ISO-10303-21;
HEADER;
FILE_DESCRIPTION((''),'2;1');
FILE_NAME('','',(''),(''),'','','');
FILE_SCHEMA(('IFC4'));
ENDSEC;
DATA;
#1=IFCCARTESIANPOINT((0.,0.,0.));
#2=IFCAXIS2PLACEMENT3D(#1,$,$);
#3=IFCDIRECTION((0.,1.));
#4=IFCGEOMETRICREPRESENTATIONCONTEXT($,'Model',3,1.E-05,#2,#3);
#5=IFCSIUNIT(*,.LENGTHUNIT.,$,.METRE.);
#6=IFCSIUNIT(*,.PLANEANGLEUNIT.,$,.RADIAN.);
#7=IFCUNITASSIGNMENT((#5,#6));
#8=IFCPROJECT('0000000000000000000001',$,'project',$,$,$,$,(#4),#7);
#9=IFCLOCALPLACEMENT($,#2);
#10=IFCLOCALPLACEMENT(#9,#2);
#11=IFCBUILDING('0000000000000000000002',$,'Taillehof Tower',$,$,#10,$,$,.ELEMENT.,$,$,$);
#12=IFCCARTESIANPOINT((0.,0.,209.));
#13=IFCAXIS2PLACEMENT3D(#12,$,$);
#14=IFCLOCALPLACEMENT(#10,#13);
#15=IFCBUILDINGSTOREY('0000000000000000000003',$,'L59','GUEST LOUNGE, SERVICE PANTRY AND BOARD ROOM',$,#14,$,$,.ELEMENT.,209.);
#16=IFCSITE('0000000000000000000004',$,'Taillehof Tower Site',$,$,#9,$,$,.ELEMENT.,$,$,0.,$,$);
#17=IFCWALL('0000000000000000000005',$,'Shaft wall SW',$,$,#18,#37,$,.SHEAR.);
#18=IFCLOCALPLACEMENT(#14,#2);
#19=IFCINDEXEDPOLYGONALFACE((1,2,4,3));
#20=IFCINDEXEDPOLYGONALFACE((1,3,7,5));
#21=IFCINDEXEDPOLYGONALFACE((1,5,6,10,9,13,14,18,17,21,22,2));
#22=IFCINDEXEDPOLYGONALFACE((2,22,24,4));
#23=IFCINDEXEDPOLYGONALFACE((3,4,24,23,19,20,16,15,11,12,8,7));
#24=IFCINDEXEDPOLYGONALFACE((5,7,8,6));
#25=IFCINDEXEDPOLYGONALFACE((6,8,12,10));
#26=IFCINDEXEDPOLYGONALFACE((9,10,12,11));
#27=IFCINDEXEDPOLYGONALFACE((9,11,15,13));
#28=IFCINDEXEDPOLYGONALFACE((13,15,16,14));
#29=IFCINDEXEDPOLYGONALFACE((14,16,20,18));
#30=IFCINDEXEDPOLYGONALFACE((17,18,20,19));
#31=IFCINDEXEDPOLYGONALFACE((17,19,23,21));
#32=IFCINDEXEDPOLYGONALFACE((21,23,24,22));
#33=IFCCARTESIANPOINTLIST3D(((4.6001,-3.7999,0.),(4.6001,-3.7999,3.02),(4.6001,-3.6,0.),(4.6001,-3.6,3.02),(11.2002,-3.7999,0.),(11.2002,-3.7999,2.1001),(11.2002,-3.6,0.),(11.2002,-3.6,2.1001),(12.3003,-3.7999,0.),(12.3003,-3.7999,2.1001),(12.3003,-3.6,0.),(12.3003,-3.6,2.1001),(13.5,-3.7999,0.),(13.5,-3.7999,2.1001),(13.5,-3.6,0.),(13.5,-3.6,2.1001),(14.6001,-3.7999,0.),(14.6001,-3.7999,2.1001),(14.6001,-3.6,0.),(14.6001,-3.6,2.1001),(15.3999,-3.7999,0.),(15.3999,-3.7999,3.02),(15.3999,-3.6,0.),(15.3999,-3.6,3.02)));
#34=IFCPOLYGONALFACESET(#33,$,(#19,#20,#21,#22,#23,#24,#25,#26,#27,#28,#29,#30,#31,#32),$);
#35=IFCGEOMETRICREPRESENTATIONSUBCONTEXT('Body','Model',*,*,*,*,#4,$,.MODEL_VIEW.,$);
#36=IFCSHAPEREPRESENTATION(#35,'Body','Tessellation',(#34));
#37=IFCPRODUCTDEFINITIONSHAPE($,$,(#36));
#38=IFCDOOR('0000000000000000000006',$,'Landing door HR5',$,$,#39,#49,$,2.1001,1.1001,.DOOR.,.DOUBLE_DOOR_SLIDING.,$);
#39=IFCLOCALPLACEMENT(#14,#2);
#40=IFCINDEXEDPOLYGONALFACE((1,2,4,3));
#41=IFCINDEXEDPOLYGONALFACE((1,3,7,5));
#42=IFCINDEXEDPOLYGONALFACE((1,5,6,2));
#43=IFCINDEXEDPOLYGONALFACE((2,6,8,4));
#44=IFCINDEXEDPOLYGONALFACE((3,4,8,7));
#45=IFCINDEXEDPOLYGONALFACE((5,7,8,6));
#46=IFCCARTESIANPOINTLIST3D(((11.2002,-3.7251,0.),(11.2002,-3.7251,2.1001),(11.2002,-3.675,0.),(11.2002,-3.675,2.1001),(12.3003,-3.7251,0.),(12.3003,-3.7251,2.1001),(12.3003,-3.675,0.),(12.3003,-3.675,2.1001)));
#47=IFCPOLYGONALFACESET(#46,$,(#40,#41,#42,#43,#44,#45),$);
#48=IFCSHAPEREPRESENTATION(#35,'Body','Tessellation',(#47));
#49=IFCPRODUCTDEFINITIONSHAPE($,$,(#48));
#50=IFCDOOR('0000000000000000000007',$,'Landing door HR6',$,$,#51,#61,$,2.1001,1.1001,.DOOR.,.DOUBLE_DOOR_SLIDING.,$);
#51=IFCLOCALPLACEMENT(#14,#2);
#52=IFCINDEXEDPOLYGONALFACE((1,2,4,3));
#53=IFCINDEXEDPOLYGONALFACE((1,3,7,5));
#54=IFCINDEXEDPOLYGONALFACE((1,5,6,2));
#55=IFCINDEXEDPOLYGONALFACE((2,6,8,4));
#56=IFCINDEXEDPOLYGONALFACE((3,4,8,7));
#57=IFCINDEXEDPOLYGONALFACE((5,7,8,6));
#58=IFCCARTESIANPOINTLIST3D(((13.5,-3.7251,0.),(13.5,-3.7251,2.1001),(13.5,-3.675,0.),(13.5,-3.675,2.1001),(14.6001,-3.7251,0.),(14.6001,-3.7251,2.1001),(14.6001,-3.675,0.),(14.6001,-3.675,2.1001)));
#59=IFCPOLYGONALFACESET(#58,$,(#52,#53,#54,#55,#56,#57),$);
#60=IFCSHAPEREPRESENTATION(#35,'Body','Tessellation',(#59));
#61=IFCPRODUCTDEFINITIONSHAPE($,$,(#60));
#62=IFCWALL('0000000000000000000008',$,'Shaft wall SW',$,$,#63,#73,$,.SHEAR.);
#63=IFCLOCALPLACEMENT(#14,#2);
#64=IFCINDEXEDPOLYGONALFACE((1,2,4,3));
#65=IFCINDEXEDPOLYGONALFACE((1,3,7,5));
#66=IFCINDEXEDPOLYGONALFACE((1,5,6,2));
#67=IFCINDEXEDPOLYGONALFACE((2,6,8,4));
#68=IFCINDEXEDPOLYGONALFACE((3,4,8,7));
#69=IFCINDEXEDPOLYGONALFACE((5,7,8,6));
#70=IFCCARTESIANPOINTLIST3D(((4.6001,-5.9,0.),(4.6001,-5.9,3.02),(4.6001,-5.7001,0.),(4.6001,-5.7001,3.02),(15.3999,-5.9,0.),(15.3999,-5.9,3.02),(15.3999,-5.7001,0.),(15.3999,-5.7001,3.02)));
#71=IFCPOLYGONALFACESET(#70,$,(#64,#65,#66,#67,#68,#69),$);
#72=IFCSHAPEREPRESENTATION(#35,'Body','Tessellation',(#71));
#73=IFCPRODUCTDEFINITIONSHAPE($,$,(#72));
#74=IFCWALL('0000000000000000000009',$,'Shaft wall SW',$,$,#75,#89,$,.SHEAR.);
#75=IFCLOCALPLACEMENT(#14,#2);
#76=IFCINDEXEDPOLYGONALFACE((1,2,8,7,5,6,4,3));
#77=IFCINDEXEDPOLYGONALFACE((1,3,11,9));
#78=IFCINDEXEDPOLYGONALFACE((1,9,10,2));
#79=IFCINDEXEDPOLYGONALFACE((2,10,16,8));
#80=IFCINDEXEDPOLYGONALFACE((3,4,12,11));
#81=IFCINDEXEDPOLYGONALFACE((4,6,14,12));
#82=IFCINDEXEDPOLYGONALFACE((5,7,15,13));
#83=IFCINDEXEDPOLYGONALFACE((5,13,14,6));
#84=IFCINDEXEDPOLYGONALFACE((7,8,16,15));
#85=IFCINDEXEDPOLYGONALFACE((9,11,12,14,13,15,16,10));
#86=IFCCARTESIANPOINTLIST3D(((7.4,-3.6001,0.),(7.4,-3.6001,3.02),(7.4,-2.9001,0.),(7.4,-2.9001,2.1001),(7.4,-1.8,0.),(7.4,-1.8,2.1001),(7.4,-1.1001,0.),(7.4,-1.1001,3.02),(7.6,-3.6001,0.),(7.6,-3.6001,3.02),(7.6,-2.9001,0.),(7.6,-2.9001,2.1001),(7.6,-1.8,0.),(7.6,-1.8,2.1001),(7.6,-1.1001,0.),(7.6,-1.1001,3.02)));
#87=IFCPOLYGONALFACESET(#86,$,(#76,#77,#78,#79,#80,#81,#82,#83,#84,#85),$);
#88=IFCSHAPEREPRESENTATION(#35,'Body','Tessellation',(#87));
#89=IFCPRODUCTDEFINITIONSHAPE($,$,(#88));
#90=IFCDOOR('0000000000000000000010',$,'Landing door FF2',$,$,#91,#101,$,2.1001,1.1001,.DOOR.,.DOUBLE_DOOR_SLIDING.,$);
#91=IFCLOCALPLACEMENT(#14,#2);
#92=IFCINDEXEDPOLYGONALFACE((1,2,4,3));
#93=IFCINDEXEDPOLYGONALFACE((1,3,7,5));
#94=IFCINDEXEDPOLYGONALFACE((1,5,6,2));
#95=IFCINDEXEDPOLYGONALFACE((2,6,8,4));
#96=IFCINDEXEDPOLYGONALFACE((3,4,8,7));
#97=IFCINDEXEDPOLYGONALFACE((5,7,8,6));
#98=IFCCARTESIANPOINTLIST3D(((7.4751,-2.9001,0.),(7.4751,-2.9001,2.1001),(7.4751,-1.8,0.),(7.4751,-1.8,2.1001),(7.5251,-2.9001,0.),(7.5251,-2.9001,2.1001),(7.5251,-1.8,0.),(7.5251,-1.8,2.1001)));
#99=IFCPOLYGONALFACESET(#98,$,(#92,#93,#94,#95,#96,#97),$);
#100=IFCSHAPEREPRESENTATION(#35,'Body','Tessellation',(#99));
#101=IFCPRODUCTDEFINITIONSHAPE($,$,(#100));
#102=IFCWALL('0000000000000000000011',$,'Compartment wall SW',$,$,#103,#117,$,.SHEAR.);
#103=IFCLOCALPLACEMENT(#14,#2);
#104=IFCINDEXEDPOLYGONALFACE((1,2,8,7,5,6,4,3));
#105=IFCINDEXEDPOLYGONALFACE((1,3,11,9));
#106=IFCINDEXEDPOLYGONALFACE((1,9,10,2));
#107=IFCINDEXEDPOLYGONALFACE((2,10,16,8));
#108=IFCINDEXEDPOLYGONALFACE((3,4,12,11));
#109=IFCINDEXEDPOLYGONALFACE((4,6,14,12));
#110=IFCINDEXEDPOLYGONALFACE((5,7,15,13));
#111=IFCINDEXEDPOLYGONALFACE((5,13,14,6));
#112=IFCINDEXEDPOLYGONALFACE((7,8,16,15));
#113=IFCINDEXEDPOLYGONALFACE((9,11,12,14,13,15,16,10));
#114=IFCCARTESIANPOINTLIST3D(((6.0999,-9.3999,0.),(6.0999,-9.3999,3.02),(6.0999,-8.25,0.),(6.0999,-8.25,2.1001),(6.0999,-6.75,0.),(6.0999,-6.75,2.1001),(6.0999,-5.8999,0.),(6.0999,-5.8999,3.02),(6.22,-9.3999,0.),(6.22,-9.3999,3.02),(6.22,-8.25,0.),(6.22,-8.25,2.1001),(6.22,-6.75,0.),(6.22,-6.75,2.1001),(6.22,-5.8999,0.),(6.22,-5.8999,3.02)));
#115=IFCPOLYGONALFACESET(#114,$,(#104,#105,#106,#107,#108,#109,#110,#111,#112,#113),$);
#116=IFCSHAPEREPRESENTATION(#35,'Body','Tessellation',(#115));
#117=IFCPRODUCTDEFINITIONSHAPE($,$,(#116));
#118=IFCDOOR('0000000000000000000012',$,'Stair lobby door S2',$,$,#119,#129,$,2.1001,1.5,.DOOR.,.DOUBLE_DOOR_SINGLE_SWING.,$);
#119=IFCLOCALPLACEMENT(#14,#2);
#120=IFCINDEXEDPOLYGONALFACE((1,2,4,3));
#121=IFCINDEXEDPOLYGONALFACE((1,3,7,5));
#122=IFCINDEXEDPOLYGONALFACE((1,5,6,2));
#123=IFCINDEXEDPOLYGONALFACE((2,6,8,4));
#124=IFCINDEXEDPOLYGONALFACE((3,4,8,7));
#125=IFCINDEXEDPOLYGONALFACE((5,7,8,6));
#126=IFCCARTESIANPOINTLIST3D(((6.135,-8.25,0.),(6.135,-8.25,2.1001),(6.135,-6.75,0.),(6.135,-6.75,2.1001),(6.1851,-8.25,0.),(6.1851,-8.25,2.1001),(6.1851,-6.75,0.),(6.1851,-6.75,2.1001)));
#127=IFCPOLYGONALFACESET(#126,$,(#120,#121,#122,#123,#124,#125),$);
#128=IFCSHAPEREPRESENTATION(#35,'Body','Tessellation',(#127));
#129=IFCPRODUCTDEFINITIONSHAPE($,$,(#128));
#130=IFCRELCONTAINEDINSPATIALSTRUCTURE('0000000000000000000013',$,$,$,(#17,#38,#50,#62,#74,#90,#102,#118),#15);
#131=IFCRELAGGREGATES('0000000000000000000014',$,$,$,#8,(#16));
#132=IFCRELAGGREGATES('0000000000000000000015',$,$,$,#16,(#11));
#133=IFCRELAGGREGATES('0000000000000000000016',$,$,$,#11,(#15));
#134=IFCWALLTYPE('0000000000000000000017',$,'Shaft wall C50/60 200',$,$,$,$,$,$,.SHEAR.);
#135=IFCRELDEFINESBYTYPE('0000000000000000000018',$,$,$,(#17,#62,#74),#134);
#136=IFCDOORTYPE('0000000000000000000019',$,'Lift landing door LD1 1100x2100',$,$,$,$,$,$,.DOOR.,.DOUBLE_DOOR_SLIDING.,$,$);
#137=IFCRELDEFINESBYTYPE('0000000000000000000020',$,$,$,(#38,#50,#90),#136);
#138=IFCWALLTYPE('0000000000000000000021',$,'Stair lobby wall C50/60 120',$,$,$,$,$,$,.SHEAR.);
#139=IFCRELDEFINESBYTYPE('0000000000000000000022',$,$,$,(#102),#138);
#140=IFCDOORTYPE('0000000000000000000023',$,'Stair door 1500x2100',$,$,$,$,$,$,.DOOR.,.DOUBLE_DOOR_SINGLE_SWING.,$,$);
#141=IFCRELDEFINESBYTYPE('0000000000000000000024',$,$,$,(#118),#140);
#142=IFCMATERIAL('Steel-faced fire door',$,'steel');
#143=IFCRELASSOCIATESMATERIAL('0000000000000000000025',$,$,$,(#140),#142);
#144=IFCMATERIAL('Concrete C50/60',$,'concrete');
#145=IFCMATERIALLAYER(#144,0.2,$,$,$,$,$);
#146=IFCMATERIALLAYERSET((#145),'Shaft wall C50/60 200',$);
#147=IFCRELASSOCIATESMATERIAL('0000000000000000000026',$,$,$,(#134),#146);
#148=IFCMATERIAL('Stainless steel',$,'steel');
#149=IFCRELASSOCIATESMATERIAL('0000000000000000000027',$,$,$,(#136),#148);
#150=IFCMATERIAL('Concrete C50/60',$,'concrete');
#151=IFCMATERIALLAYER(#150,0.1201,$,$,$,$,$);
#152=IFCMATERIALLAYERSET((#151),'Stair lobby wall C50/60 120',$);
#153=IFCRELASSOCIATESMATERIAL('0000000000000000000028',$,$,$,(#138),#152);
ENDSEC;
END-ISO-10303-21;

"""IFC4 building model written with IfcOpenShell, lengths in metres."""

from ifc_helpers import new_model, si_unit, direction, frame, frame_2d, origin, place, context, subcontext, project, spatial, rectangle, extrude, material, layer, layer_set, type_object, element, fill, save


model = new_model("IFC4")

# Units and contexts
model_context = context("Model", 3, precision=1e-05, world=origin(), true_north=direction((0.0, 1.0)))
body_context = subcontext(model_context, "Body", "Model", "MODEL_VIEW")
ifc_project = project(units=[si_unit("LENGTHUNIT", "METRE"), si_unit("PLANEANGLEUNIT", "RADIAN")], contexts=[model_context])

# Site, building, storey
site_placement = place(None, origin())
site = spatial("IfcSite", under=ifc_project, at=site_placement, Name="Taillehof Tower Site", CompositionType="ELEMENT", RefElevation=0.0)
building_placement = place(site_placement, origin())
building = spatial("IfcBuilding", under=site, at=building_placement, Name="Taillehof Tower", CompositionType="ELEMENT")
storey_placement = place(building_placement, frame((0.0, 0.0, 209.0)))
storey = spatial("IfcBuildingStorey", under=building, at=storey_placement, Name="L59", Description="GUEST LOUNGE, SERVICE PANTRY AND BOARD ROOM", CompositionType="ELEMENT", Elevation=209.0)

# Wall, openings, doors
ifc_material_1 = material(Name="Steel-faced fire door", Category="steel")
door_type_1 = type_object("IfcDoorType", Name="Stair door 1500x2100", OperationType="DOUBLE_DOOR_SINGLE_SWING", PredefinedType="DOOR", material=ifc_material_1)
ifc_material_2 = material(Name="Concrete C50/60", Category="concrete")
ifc_layer_1 = layer(ifc_material_2, 0.2)
ifc_layer_set_1 = layer_set([ifc_layer_1], Name="Shaft wall C50/60 200")
wall_type_1 = type_object("IfcWallType", Name="Shaft wall C50/60 200", PredefinedType="SHEAR", material=ifc_layer_set_1)
wall_1_placement = place(storey_placement, frame((4.6001, -3.7, 0.0), z_axis=(0.0, 0.0, 1.0), x_axis=(1.0, 0.0, 0.0)))
wall_1 = element("IfcWall", 1, at=wall_1_placement, inside=storey, type_object=wall_type_1, Name="Shaft wall SW", PredefinedType="SHEAR", context=body_context, shape_type="SweptSolid", body=[
    extrude(rectangle(XDim=10.7998, YDim=0.2, at=frame_2d((5.3999, 0.0))), origin(), (0.0, 0.0, 1.0), 3.02),
])
opening_1_placement = place(wall_1_placement, frame((6.6001, 0.0, 0.0)))
opening_1 = element("IfcOpeningElement", 2, at=opening_1_placement, cuts=wall_1, PredefinedType="OPENING", context=body_context, shape_type="SweptSolid", body=[
    extrude(rectangle(XDim=1.1001, YDim=2.1001, at=frame_2d((0.55, 1.05))), frame((0.0, 0.1099, 0.0), z_axis=(0.0, -1.0, 0.0), x_axis=(1.0, 0.0, 0.0)), (0.0, 0.0, 1.0), 0.22),
])
opening_2_placement = place(wall_1_placement, frame((8.8999, 0.0, 0.0)))
opening_2 = element("IfcOpeningElement", 3, at=opening_2_placement, cuts=wall_1, PredefinedType="OPENING", context=body_context, shape_type="SweptSolid", body=[
    extrude(rectangle(XDim=1.1001, YDim=2.1001, at=frame_2d((0.55, 1.05))), frame((0.0, 0.1099, 0.0), z_axis=(0.0, -1.0, 0.0), x_axis=(1.0, 0.0, 0.0)), (0.0, 0.0, 1.0), 0.22),
])
ifc_material_3 = material(Name="Stainless steel", Category="steel")
door_type_2 = type_object("IfcDoorType", Name="Lift landing door LD1 1100x2100", OperationType="DOUBLE_DOOR_SLIDING", PredefinedType="DOOR", material=ifc_material_3)
door_1_placement = place(opening_1_placement, origin())
door_1 = element("IfcDoor", 4, at=door_1_placement, inside=storey, type_object=door_type_2, Name="Landing door HR5", OperationType="DOUBLE_DOOR_SLIDING", OverallHeight=2.1001, OverallWidth=1.1001, PredefinedType="DOOR", context=body_context, shape_type="SweptSolid", body=[
    extrude(rectangle(XDim=1.1001, YDim=2.1001, at=frame_2d((0.55, 1.05))), frame((0.0, 0.0249, 0.0), z_axis=(0.0, -1.0, 0.0), x_axis=(1.0, 0.0, 0.0)), (0.0, 0.0, 1.0), 0.05),
])
fill(opening_1, door_1)
door_2_placement = place(opening_2_placement, origin())
door_2 = element("IfcDoor", 5, at=door_2_placement, inside=storey, type_object=door_type_2, Name="Landing door HR6", OperationType="DOUBLE_DOOR_SLIDING", OverallHeight=2.1001, OverallWidth=1.1001, PredefinedType="DOOR", context=body_context, shape_type="SweptSolid", body=[
    extrude(rectangle(XDim=1.1001, YDim=2.1001, at=frame_2d((0.55, 1.05))), frame((0.0, 0.0249, 0.0), z_axis=(0.0, -1.0, 0.0), x_axis=(1.0, 0.0, 0.0)), (0.0, 0.0, 1.0), 0.05),
])
fill(opening_2, door_2)

# Wall
wall_2_placement = place(storey_placement, frame((4.6001, -5.8, 0.0), z_axis=(0.0, 0.0, 1.0), x_axis=(1.0, 0.0, 0.0)))
element("IfcWall", 6, at=wall_2_placement, inside=storey, type_object=wall_type_1, Name="Shaft wall SW", PredefinedType="SHEAR", context=body_context, shape_type="SweptSolid", body=[
    extrude(rectangle(XDim=10.7998, YDim=0.2, at=frame_2d((5.3999, 0.0))), origin(), (0.0, 0.0, 1.0), 3.02),
])

# Walls, openings, doors
wall_3_placement = place(storey_placement, frame((7.5, -3.6001, 0.0), z_axis=(0.0, 0.0, 1.0), x_axis=(0.0, 1.0, 0.0)))
wall_3 = element("IfcWall", 7, at=wall_3_placement, inside=storey, type_object=wall_type_1, Name="Shaft wall SW", PredefinedType="SHEAR", context=body_context, shape_type="SweptSolid", body=[
    extrude(rectangle(XDim=2.5, YDim=0.2, at=frame_2d((1.25, 0.0))), origin(), (0.0, 0.0, 1.0), 3.02),
])
opening_3_placement = place(wall_3_placement, frame((0.7, 0.0, 0.0)))
opening_3 = element("IfcOpeningElement", 8, at=opening_3_placement, cuts=wall_3, PredefinedType="OPENING", context=body_context, shape_type="SweptSolid", body=[
    extrude(rectangle(XDim=1.1001, YDim=2.1001, at=frame_2d((0.55, 1.05))), frame((0.0, 0.1099, 0.0), z_axis=(0.0, -1.0, 0.0), x_axis=(1.0, 0.0, 0.0)), (0.0, 0.0, 1.0), 0.22),
])
door_3_placement = place(opening_3_placement, origin())
door_3 = element("IfcDoor", 9, at=door_3_placement, inside=storey, type_object=door_type_2, Name="Landing door FF2", OperationType="DOUBLE_DOOR_SLIDING", OverallHeight=2.1001, OverallWidth=1.1001, PredefinedType="DOOR", context=body_context, shape_type="SweptSolid", body=[
    extrude(rectangle(XDim=1.1001, YDim=2.1001, at=frame_2d((0.55, 1.05))), frame((0.0, 0.0249, 0.0), z_axis=(0.0, -1.0, 0.0), x_axis=(1.0, 0.0, 0.0)), (0.0, 0.0, 1.0), 0.05),
])
fill(opening_3, door_3)
ifc_material_4 = material(Name="Concrete C50/60", Category="concrete")
ifc_layer_2 = layer(ifc_material_4, 0.1201)
ifc_layer_set_2 = layer_set([ifc_layer_2], Name="Stair lobby wall C50/60 120")
wall_type_2 = type_object("IfcWallType", Name="Stair lobby wall C50/60 120", PredefinedType="SHEAR", material=ifc_layer_set_2)
wall_4_placement = place(storey_placement, frame((6.1599, -9.3999, 0.0), z_axis=(0.0, 0.0, 1.0), x_axis=(0.0, 1.0, 0.0)))
wall_4 = element("IfcWall", 10, at=wall_4_placement, inside=storey, type_object=wall_type_2, Name="Compartment wall SW", PredefinedType="SHEAR", context=body_context, shape_type="SweptSolid", body=[
    extrude(rectangle(XDim=3.5, YDim=0.1201, at=frame_2d((1.75, 0.0))), origin(), (0.0, 0.0, 1.0), 3.02),
])
opening_4_placement = place(wall_4_placement, frame((1.1499, 0.0, 0.0)))
opening_4 = element("IfcOpeningElement", 11, at=opening_4_placement, cuts=wall_4, PredefinedType="OPENING", context=body_context, shape_type="SweptSolid", body=[
    extrude(rectangle(XDim=1.5, YDim=2.1001, at=frame_2d((0.75, 1.05))), frame((0.0, 0.0701, 0.0), z_axis=(0.0, -1.0, 0.0), x_axis=(1.0, 0.0, 0.0)), (0.0, 0.0, 1.0), 0.1401),
])
door_4_placement = place(opening_4_placement, origin())
door_4 = element("IfcDoor", 12, at=door_4_placement, inside=storey, type_object=door_type_1, Name="Stair lobby door S2", OperationType="DOUBLE_DOOR_SINGLE_SWING", OverallHeight=2.1001, OverallWidth=1.5, PredefinedType="DOOR", context=body_context, shape_type="SweptSolid", body=[
    extrude(rectangle(XDim=1.5, YDim=2.1001, at=frame_2d((0.75, 1.05))), frame((0.0, 0.0249, 0.0), z_axis=(0.0, -1.0, 0.0), x_axis=(1.0, 0.0, 0.0)), (0.0, 0.0, 1.0), 0.05),
])
fill(opening_4, door_4)

save(model, "model.ifc")
